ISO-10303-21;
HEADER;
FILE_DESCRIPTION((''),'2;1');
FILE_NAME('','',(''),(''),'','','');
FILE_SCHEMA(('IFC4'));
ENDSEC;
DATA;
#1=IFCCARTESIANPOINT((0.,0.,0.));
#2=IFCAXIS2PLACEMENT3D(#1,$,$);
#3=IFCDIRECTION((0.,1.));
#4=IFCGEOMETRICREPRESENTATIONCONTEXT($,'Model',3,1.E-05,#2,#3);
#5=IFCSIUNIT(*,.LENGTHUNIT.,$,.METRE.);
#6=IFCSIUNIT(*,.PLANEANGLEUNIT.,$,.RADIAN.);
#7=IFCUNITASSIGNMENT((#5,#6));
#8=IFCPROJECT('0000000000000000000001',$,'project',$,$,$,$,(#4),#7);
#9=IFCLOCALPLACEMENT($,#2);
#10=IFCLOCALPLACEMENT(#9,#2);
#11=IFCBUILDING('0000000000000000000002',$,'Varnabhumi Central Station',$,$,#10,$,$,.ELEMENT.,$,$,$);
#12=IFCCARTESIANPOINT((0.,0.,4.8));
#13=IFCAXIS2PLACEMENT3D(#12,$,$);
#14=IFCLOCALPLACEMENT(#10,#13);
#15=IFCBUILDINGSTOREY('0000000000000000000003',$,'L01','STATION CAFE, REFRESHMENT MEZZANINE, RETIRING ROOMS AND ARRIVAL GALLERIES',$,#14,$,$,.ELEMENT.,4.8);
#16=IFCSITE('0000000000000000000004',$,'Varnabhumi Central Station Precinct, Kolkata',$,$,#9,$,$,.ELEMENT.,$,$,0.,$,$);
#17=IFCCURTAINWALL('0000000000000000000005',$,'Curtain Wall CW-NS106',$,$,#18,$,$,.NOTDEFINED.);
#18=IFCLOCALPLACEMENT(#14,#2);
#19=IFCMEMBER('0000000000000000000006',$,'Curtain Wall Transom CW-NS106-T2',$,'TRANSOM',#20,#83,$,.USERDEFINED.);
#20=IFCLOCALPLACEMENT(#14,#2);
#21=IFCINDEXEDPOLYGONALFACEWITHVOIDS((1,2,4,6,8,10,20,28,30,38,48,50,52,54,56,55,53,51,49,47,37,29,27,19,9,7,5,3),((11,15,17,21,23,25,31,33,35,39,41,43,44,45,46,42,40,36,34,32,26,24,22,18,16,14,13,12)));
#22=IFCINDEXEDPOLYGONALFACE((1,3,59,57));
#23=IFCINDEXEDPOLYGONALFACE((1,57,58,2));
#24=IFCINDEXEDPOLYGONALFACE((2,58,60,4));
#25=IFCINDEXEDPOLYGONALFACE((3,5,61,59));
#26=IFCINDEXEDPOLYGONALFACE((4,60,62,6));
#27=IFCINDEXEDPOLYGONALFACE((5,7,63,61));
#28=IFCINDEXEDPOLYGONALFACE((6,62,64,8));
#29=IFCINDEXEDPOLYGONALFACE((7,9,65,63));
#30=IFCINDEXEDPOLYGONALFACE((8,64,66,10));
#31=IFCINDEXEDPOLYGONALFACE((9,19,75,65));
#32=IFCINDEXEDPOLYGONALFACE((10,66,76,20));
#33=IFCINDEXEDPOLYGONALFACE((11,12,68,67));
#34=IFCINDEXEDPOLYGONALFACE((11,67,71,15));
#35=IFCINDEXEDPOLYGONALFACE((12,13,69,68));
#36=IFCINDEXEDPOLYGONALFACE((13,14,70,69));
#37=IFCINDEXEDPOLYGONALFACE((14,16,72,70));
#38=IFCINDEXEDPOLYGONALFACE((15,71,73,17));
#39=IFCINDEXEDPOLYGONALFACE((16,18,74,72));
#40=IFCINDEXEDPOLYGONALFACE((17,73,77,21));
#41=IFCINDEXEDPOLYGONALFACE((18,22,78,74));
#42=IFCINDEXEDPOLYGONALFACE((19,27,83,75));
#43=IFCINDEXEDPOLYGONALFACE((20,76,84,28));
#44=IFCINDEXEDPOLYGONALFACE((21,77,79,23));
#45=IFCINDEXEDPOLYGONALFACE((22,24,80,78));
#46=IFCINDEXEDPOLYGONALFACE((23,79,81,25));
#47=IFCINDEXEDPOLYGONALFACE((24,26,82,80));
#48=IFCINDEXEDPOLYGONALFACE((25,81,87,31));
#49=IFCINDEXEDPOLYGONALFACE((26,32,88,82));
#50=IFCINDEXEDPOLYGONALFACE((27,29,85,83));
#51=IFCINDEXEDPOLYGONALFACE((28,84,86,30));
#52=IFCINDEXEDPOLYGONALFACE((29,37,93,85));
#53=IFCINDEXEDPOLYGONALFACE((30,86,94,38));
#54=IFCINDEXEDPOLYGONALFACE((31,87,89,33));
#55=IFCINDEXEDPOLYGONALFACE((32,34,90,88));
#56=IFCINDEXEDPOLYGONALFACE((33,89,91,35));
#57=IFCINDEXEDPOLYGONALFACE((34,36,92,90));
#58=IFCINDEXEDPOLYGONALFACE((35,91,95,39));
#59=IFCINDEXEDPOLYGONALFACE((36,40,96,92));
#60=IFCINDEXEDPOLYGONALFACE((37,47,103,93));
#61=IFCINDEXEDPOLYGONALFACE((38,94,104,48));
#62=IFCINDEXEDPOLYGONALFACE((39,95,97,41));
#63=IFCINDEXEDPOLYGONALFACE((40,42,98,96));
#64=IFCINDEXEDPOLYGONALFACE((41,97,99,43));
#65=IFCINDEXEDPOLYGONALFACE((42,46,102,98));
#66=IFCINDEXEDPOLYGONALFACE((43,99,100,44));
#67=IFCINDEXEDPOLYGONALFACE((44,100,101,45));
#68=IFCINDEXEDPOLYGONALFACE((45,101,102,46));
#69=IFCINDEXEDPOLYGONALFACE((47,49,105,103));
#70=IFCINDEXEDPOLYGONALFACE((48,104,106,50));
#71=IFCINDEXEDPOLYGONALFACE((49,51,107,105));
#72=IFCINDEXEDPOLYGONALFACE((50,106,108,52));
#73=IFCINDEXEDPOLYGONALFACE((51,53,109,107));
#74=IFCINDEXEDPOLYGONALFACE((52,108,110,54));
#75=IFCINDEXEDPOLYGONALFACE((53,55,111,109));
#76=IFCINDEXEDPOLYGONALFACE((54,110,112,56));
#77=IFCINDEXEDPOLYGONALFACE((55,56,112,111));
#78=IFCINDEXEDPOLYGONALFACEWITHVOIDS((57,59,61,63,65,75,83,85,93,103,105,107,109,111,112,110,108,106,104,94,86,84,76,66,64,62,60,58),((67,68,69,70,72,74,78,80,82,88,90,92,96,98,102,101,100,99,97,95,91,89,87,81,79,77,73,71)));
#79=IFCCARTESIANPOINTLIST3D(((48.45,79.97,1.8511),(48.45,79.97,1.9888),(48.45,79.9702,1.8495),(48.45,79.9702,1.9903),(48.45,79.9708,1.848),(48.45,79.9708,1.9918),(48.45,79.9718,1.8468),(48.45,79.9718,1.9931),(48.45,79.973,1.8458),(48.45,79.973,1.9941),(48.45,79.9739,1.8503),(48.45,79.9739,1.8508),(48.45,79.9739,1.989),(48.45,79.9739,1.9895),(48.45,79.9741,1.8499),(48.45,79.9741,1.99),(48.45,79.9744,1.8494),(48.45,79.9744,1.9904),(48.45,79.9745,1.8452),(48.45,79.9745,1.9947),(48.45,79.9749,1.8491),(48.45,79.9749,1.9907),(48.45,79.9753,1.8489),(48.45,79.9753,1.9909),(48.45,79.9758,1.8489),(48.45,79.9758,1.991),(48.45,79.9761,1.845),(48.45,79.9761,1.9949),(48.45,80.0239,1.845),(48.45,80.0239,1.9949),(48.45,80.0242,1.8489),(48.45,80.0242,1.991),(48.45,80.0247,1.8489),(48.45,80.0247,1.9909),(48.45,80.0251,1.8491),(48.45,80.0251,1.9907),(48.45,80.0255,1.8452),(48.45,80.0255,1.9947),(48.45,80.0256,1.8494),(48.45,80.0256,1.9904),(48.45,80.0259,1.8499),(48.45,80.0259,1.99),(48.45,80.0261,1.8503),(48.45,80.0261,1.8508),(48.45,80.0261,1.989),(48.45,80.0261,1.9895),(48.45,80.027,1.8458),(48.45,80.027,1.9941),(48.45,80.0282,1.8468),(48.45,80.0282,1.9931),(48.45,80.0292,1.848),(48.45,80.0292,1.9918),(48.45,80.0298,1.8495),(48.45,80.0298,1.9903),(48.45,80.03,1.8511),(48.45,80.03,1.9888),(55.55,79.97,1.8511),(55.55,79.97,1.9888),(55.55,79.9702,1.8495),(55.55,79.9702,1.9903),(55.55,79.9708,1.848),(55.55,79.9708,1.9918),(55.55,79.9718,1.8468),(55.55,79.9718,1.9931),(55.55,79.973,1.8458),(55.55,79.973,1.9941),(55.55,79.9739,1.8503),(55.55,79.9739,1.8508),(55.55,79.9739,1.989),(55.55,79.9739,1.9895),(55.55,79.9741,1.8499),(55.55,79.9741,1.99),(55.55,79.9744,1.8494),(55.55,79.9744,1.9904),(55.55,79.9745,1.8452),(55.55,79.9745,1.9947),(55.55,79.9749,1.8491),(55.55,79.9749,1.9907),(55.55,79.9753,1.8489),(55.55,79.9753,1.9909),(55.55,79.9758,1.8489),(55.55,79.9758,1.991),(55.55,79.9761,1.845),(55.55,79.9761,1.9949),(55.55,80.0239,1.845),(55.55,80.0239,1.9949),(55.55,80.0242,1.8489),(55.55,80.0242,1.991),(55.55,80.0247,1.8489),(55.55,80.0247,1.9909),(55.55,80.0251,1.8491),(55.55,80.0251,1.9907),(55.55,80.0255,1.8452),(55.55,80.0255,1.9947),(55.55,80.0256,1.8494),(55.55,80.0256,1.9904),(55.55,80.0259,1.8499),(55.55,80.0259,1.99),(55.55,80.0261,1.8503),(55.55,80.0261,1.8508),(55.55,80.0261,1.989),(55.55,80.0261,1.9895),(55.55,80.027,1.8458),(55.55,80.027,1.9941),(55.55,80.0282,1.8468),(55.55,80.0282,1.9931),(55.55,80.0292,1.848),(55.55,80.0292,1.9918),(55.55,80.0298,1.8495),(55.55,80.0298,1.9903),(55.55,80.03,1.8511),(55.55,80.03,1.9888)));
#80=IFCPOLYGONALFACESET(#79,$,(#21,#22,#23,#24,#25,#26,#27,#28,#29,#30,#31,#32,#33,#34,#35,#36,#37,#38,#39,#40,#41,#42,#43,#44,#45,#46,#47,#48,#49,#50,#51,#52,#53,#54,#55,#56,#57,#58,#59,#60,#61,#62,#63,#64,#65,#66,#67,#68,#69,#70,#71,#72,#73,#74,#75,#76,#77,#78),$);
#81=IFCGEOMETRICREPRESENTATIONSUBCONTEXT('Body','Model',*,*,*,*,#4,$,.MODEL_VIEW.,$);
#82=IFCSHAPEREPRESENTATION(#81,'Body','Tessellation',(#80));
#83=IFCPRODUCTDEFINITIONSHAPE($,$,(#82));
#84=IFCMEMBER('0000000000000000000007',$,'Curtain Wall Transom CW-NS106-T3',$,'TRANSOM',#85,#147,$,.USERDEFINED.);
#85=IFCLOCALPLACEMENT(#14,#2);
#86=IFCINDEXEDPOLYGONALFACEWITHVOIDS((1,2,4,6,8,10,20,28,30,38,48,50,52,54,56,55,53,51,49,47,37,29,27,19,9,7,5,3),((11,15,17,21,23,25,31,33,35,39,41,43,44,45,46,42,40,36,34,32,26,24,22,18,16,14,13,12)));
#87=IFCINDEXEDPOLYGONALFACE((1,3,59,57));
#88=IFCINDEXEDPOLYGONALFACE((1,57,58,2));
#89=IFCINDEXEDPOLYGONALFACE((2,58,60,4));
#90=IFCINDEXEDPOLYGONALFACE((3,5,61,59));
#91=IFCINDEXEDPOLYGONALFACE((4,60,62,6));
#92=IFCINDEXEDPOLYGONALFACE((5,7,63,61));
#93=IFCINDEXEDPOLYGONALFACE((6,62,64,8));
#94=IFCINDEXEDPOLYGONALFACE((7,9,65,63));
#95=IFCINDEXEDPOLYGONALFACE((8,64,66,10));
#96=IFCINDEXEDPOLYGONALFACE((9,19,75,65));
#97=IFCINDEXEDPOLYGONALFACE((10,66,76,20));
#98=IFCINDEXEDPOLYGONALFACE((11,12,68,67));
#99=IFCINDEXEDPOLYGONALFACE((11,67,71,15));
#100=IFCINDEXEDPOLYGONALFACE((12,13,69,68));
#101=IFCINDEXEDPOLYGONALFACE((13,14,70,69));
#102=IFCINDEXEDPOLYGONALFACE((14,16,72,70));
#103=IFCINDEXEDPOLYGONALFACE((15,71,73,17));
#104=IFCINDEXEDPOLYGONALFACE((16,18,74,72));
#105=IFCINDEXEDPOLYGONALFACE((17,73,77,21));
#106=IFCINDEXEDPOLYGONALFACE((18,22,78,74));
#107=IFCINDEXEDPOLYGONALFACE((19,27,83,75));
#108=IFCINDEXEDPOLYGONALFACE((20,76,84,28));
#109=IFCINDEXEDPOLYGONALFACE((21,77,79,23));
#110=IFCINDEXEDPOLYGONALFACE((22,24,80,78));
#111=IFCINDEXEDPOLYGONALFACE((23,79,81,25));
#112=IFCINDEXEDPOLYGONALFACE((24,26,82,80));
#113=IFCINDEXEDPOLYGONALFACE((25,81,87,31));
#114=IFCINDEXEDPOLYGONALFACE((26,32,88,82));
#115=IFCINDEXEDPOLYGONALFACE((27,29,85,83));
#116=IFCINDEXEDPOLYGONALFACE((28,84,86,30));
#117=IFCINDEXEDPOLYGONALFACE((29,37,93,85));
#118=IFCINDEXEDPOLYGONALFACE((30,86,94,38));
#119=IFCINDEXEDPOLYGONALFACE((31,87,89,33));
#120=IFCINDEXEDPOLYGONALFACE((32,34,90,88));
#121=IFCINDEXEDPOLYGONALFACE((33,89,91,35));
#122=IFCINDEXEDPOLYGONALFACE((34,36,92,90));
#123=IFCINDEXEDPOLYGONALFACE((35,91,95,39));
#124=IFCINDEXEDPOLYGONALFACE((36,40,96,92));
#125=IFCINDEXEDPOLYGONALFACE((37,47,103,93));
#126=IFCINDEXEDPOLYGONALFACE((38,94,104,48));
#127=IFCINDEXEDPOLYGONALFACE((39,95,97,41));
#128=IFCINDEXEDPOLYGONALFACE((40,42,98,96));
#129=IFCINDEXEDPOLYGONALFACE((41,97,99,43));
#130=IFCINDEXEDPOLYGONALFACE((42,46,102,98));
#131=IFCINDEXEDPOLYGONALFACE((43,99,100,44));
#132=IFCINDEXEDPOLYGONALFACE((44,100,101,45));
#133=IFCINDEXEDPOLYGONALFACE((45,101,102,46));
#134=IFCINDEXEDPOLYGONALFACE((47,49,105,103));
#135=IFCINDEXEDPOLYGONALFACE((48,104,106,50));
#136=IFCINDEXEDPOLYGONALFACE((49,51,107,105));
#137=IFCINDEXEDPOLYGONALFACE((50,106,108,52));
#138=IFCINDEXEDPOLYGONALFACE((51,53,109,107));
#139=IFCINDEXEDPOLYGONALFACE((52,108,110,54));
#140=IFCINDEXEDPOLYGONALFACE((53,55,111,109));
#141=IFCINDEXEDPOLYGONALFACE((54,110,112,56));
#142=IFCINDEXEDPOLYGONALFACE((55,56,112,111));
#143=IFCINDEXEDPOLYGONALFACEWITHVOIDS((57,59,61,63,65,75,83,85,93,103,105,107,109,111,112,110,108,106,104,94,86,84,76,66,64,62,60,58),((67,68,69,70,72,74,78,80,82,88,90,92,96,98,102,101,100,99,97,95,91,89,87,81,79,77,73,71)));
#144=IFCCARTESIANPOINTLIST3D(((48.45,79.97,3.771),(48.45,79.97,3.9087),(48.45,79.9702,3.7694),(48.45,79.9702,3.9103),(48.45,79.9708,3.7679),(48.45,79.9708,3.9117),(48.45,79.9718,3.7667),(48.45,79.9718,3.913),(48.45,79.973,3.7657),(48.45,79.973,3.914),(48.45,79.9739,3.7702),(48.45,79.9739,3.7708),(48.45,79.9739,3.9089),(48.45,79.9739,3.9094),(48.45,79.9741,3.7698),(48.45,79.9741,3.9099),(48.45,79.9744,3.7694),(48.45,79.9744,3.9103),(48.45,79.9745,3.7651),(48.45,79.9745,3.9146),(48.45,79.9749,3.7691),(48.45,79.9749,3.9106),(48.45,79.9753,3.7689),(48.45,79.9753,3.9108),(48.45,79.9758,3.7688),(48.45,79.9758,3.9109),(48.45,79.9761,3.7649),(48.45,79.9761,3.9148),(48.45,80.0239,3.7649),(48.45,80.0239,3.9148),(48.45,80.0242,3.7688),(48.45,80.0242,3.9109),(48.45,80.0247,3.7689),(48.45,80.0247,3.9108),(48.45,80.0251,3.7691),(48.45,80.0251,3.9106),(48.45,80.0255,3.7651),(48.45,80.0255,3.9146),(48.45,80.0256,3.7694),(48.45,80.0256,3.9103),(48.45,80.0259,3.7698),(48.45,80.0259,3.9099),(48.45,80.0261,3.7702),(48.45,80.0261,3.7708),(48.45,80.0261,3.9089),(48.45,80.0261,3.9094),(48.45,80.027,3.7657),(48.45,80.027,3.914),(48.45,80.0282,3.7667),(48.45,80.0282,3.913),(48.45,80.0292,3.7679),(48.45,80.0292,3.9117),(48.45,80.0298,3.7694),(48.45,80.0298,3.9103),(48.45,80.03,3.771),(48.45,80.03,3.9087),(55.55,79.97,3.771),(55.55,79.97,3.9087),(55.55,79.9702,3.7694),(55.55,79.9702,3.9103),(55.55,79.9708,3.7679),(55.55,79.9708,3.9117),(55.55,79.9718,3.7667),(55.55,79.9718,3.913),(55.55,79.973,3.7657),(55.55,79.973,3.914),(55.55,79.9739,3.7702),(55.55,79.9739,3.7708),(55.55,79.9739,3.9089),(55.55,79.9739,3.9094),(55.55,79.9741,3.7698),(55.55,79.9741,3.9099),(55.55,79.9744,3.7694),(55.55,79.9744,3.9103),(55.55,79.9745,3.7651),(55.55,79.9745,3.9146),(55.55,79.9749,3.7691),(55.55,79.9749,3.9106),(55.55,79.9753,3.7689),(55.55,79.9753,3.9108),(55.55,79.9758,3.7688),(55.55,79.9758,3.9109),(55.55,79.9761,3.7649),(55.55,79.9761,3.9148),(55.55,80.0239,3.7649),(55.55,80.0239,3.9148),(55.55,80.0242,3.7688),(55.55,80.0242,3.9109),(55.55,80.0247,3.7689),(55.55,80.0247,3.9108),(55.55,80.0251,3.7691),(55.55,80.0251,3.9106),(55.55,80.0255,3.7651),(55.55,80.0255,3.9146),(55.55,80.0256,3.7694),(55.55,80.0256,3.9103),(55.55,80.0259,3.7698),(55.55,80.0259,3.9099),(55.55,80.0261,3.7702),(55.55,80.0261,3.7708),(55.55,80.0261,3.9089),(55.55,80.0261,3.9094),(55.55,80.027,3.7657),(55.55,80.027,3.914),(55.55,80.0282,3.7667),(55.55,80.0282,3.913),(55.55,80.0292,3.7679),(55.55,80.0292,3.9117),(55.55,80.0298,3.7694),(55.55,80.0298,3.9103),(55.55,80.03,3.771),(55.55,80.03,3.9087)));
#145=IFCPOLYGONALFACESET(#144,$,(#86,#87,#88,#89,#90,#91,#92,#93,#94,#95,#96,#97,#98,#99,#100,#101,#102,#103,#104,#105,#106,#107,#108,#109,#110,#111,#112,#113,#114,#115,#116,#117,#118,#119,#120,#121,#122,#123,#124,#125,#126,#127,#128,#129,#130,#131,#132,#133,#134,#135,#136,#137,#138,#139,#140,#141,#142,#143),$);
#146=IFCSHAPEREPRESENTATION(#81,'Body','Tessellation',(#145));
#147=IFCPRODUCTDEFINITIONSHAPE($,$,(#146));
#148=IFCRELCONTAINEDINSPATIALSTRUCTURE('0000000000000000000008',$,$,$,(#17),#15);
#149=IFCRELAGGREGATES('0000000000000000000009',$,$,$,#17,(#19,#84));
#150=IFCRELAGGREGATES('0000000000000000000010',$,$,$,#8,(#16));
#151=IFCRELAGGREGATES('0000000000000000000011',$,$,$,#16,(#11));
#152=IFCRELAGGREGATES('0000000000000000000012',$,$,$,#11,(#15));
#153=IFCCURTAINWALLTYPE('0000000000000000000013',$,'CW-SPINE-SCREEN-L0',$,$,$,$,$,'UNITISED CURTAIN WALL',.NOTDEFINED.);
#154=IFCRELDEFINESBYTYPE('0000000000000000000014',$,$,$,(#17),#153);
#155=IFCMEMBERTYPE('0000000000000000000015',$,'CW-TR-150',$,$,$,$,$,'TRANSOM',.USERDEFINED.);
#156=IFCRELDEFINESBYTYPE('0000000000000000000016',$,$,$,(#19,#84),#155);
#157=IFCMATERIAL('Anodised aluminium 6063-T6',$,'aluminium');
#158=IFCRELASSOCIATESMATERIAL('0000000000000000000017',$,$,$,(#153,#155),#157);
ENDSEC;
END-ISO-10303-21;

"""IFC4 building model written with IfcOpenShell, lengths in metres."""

from ifc_helpers import new_model, si_unit, direction, frame, origin, origin_2d, place, context, subcontext, project, spatial, hollow_rectangle, extrude, material, material_profile, profile_set, type_object, element, aggregate, save


model = new_model("IFC4")

# Units and contexts
model_context = context("Model", 3, precision=1e-05, world=origin(), true_north=direction((0.0, 1.0)))
body_context = subcontext(model_context, "Body", "Model", "MODEL_VIEW")
ifc_project = project(units=[si_unit("LENGTHUNIT", "METRE"), si_unit("PLANEANGLEUNIT", "RADIAN")], contexts=[model_context])

# Site, building, storey
site_placement = place(None, origin())
site = spatial("IfcSite", under=ifc_project, at=site_placement, Name="Varnabhumi Central Station Precinct, Kolkata", CompositionType="ELEMENT", RefElevation=0.0)
building_placement = place(site_placement, origin())
building = spatial("IfcBuilding", under=site, at=building_placement, Name="Varnabhumi Central Station", CompositionType="ELEMENT")
storey_placement = place(building_placement, frame((0.0, 0.0, 4.8)))
storey = spatial("IfcBuildingStorey", under=building, at=storey_placement, Name="L01", Description="STATION CAFE, REFRESHMENT MEZZANINE, RETIRING ROOMS AND ARRIVAL GALLERIES", CompositionType="ELEMENT", Elevation=4.8)

# Curtain wall
ifc_material_1 = material(Name="Anodised aluminium 6063-T6", Category="aluminium")
curtain_wall_type_1 = type_object("IfcCurtainWallType", Name="CW-SPINE-SCREEN-L0", ElementType="UNITISED CURTAIN WALL", PredefinedType="NOTDEFINED", material=ifc_material_1)
curtain_wall_1_placement = place(storey_placement, origin())
curtain_wall_1 = element("IfcCurtainWall", 1, at=curtain_wall_1_placement, inside=storey, type_object=curtain_wall_type_1, Name="Curtain Wall CW-NS106", PredefinedType="NOTDEFINED")

# Members
ifc_material_profile_1 = material_profile(ifc_material_1, hollow_rectangle(XDim=0.0601, YDim=0.1499, WallThickness=0.0039, InnerFilletRadius=0.002, OuterFilletRadius=0.0061, at=origin_2d()), Name="Anodised aluminium 6063-T6", Category="aluminium")
ifc_profile_set_1 = profile_set([ifc_material_profile_1], Name="Anodised aluminium 6063-T6")
member_type_1 = type_object("IfcMemberType", Name="CW-TR-150", ElementType="TRANSOM", PredefinedType="USERDEFINED", material=ifc_profile_set_1)
member_1_placement = place(storey_placement, frame((48.45, 80.0, 1.9199), z_axis=(1.0, 0.0, 0.0), x_axis=(0.0, 1.0, 0.0)))
member_1 = element("IfcMember", 2, at=member_1_placement, type_object=member_type_1, Name="Curtain Wall Transom CW-NS106-T2", ObjectType="TRANSOM", PredefinedType="USERDEFINED", context=body_context, shape_type="SweptSolid", body=[
    extrude(hollow_rectangle(XDim=0.0601, YDim=0.1499, WallThickness=0.0039, InnerFilletRadius=0.002, OuterFilletRadius=0.0061, at=origin_2d()), origin(), (0.0, 0.0, 1.0), 7.1001),
])
member_2_placement = place(storey_placement, frame((48.45, 80.0, 3.8398), z_axis=(1.0, 0.0, 0.0), x_axis=(0.0, 1.0, 0.0)))
member_2 = element("IfcMember", 3, at=member_2_placement, type_object=member_type_1, Name="Curtain Wall Transom CW-NS106-T3", ObjectType="TRANSOM", PredefinedType="USERDEFINED", context=body_context, shape_type="SweptSolid", body=[
    extrude(hollow_rectangle(XDim=0.0601, YDim=0.1499, WallThickness=0.0039, InnerFilletRadius=0.002, OuterFilletRadius=0.0061, at=origin_2d()), origin(), (0.0, 0.0, 1.0), 7.1001),
])

aggregate(curtain_wall_1, [member_1, member_2])

save(model, "model.ifc")
